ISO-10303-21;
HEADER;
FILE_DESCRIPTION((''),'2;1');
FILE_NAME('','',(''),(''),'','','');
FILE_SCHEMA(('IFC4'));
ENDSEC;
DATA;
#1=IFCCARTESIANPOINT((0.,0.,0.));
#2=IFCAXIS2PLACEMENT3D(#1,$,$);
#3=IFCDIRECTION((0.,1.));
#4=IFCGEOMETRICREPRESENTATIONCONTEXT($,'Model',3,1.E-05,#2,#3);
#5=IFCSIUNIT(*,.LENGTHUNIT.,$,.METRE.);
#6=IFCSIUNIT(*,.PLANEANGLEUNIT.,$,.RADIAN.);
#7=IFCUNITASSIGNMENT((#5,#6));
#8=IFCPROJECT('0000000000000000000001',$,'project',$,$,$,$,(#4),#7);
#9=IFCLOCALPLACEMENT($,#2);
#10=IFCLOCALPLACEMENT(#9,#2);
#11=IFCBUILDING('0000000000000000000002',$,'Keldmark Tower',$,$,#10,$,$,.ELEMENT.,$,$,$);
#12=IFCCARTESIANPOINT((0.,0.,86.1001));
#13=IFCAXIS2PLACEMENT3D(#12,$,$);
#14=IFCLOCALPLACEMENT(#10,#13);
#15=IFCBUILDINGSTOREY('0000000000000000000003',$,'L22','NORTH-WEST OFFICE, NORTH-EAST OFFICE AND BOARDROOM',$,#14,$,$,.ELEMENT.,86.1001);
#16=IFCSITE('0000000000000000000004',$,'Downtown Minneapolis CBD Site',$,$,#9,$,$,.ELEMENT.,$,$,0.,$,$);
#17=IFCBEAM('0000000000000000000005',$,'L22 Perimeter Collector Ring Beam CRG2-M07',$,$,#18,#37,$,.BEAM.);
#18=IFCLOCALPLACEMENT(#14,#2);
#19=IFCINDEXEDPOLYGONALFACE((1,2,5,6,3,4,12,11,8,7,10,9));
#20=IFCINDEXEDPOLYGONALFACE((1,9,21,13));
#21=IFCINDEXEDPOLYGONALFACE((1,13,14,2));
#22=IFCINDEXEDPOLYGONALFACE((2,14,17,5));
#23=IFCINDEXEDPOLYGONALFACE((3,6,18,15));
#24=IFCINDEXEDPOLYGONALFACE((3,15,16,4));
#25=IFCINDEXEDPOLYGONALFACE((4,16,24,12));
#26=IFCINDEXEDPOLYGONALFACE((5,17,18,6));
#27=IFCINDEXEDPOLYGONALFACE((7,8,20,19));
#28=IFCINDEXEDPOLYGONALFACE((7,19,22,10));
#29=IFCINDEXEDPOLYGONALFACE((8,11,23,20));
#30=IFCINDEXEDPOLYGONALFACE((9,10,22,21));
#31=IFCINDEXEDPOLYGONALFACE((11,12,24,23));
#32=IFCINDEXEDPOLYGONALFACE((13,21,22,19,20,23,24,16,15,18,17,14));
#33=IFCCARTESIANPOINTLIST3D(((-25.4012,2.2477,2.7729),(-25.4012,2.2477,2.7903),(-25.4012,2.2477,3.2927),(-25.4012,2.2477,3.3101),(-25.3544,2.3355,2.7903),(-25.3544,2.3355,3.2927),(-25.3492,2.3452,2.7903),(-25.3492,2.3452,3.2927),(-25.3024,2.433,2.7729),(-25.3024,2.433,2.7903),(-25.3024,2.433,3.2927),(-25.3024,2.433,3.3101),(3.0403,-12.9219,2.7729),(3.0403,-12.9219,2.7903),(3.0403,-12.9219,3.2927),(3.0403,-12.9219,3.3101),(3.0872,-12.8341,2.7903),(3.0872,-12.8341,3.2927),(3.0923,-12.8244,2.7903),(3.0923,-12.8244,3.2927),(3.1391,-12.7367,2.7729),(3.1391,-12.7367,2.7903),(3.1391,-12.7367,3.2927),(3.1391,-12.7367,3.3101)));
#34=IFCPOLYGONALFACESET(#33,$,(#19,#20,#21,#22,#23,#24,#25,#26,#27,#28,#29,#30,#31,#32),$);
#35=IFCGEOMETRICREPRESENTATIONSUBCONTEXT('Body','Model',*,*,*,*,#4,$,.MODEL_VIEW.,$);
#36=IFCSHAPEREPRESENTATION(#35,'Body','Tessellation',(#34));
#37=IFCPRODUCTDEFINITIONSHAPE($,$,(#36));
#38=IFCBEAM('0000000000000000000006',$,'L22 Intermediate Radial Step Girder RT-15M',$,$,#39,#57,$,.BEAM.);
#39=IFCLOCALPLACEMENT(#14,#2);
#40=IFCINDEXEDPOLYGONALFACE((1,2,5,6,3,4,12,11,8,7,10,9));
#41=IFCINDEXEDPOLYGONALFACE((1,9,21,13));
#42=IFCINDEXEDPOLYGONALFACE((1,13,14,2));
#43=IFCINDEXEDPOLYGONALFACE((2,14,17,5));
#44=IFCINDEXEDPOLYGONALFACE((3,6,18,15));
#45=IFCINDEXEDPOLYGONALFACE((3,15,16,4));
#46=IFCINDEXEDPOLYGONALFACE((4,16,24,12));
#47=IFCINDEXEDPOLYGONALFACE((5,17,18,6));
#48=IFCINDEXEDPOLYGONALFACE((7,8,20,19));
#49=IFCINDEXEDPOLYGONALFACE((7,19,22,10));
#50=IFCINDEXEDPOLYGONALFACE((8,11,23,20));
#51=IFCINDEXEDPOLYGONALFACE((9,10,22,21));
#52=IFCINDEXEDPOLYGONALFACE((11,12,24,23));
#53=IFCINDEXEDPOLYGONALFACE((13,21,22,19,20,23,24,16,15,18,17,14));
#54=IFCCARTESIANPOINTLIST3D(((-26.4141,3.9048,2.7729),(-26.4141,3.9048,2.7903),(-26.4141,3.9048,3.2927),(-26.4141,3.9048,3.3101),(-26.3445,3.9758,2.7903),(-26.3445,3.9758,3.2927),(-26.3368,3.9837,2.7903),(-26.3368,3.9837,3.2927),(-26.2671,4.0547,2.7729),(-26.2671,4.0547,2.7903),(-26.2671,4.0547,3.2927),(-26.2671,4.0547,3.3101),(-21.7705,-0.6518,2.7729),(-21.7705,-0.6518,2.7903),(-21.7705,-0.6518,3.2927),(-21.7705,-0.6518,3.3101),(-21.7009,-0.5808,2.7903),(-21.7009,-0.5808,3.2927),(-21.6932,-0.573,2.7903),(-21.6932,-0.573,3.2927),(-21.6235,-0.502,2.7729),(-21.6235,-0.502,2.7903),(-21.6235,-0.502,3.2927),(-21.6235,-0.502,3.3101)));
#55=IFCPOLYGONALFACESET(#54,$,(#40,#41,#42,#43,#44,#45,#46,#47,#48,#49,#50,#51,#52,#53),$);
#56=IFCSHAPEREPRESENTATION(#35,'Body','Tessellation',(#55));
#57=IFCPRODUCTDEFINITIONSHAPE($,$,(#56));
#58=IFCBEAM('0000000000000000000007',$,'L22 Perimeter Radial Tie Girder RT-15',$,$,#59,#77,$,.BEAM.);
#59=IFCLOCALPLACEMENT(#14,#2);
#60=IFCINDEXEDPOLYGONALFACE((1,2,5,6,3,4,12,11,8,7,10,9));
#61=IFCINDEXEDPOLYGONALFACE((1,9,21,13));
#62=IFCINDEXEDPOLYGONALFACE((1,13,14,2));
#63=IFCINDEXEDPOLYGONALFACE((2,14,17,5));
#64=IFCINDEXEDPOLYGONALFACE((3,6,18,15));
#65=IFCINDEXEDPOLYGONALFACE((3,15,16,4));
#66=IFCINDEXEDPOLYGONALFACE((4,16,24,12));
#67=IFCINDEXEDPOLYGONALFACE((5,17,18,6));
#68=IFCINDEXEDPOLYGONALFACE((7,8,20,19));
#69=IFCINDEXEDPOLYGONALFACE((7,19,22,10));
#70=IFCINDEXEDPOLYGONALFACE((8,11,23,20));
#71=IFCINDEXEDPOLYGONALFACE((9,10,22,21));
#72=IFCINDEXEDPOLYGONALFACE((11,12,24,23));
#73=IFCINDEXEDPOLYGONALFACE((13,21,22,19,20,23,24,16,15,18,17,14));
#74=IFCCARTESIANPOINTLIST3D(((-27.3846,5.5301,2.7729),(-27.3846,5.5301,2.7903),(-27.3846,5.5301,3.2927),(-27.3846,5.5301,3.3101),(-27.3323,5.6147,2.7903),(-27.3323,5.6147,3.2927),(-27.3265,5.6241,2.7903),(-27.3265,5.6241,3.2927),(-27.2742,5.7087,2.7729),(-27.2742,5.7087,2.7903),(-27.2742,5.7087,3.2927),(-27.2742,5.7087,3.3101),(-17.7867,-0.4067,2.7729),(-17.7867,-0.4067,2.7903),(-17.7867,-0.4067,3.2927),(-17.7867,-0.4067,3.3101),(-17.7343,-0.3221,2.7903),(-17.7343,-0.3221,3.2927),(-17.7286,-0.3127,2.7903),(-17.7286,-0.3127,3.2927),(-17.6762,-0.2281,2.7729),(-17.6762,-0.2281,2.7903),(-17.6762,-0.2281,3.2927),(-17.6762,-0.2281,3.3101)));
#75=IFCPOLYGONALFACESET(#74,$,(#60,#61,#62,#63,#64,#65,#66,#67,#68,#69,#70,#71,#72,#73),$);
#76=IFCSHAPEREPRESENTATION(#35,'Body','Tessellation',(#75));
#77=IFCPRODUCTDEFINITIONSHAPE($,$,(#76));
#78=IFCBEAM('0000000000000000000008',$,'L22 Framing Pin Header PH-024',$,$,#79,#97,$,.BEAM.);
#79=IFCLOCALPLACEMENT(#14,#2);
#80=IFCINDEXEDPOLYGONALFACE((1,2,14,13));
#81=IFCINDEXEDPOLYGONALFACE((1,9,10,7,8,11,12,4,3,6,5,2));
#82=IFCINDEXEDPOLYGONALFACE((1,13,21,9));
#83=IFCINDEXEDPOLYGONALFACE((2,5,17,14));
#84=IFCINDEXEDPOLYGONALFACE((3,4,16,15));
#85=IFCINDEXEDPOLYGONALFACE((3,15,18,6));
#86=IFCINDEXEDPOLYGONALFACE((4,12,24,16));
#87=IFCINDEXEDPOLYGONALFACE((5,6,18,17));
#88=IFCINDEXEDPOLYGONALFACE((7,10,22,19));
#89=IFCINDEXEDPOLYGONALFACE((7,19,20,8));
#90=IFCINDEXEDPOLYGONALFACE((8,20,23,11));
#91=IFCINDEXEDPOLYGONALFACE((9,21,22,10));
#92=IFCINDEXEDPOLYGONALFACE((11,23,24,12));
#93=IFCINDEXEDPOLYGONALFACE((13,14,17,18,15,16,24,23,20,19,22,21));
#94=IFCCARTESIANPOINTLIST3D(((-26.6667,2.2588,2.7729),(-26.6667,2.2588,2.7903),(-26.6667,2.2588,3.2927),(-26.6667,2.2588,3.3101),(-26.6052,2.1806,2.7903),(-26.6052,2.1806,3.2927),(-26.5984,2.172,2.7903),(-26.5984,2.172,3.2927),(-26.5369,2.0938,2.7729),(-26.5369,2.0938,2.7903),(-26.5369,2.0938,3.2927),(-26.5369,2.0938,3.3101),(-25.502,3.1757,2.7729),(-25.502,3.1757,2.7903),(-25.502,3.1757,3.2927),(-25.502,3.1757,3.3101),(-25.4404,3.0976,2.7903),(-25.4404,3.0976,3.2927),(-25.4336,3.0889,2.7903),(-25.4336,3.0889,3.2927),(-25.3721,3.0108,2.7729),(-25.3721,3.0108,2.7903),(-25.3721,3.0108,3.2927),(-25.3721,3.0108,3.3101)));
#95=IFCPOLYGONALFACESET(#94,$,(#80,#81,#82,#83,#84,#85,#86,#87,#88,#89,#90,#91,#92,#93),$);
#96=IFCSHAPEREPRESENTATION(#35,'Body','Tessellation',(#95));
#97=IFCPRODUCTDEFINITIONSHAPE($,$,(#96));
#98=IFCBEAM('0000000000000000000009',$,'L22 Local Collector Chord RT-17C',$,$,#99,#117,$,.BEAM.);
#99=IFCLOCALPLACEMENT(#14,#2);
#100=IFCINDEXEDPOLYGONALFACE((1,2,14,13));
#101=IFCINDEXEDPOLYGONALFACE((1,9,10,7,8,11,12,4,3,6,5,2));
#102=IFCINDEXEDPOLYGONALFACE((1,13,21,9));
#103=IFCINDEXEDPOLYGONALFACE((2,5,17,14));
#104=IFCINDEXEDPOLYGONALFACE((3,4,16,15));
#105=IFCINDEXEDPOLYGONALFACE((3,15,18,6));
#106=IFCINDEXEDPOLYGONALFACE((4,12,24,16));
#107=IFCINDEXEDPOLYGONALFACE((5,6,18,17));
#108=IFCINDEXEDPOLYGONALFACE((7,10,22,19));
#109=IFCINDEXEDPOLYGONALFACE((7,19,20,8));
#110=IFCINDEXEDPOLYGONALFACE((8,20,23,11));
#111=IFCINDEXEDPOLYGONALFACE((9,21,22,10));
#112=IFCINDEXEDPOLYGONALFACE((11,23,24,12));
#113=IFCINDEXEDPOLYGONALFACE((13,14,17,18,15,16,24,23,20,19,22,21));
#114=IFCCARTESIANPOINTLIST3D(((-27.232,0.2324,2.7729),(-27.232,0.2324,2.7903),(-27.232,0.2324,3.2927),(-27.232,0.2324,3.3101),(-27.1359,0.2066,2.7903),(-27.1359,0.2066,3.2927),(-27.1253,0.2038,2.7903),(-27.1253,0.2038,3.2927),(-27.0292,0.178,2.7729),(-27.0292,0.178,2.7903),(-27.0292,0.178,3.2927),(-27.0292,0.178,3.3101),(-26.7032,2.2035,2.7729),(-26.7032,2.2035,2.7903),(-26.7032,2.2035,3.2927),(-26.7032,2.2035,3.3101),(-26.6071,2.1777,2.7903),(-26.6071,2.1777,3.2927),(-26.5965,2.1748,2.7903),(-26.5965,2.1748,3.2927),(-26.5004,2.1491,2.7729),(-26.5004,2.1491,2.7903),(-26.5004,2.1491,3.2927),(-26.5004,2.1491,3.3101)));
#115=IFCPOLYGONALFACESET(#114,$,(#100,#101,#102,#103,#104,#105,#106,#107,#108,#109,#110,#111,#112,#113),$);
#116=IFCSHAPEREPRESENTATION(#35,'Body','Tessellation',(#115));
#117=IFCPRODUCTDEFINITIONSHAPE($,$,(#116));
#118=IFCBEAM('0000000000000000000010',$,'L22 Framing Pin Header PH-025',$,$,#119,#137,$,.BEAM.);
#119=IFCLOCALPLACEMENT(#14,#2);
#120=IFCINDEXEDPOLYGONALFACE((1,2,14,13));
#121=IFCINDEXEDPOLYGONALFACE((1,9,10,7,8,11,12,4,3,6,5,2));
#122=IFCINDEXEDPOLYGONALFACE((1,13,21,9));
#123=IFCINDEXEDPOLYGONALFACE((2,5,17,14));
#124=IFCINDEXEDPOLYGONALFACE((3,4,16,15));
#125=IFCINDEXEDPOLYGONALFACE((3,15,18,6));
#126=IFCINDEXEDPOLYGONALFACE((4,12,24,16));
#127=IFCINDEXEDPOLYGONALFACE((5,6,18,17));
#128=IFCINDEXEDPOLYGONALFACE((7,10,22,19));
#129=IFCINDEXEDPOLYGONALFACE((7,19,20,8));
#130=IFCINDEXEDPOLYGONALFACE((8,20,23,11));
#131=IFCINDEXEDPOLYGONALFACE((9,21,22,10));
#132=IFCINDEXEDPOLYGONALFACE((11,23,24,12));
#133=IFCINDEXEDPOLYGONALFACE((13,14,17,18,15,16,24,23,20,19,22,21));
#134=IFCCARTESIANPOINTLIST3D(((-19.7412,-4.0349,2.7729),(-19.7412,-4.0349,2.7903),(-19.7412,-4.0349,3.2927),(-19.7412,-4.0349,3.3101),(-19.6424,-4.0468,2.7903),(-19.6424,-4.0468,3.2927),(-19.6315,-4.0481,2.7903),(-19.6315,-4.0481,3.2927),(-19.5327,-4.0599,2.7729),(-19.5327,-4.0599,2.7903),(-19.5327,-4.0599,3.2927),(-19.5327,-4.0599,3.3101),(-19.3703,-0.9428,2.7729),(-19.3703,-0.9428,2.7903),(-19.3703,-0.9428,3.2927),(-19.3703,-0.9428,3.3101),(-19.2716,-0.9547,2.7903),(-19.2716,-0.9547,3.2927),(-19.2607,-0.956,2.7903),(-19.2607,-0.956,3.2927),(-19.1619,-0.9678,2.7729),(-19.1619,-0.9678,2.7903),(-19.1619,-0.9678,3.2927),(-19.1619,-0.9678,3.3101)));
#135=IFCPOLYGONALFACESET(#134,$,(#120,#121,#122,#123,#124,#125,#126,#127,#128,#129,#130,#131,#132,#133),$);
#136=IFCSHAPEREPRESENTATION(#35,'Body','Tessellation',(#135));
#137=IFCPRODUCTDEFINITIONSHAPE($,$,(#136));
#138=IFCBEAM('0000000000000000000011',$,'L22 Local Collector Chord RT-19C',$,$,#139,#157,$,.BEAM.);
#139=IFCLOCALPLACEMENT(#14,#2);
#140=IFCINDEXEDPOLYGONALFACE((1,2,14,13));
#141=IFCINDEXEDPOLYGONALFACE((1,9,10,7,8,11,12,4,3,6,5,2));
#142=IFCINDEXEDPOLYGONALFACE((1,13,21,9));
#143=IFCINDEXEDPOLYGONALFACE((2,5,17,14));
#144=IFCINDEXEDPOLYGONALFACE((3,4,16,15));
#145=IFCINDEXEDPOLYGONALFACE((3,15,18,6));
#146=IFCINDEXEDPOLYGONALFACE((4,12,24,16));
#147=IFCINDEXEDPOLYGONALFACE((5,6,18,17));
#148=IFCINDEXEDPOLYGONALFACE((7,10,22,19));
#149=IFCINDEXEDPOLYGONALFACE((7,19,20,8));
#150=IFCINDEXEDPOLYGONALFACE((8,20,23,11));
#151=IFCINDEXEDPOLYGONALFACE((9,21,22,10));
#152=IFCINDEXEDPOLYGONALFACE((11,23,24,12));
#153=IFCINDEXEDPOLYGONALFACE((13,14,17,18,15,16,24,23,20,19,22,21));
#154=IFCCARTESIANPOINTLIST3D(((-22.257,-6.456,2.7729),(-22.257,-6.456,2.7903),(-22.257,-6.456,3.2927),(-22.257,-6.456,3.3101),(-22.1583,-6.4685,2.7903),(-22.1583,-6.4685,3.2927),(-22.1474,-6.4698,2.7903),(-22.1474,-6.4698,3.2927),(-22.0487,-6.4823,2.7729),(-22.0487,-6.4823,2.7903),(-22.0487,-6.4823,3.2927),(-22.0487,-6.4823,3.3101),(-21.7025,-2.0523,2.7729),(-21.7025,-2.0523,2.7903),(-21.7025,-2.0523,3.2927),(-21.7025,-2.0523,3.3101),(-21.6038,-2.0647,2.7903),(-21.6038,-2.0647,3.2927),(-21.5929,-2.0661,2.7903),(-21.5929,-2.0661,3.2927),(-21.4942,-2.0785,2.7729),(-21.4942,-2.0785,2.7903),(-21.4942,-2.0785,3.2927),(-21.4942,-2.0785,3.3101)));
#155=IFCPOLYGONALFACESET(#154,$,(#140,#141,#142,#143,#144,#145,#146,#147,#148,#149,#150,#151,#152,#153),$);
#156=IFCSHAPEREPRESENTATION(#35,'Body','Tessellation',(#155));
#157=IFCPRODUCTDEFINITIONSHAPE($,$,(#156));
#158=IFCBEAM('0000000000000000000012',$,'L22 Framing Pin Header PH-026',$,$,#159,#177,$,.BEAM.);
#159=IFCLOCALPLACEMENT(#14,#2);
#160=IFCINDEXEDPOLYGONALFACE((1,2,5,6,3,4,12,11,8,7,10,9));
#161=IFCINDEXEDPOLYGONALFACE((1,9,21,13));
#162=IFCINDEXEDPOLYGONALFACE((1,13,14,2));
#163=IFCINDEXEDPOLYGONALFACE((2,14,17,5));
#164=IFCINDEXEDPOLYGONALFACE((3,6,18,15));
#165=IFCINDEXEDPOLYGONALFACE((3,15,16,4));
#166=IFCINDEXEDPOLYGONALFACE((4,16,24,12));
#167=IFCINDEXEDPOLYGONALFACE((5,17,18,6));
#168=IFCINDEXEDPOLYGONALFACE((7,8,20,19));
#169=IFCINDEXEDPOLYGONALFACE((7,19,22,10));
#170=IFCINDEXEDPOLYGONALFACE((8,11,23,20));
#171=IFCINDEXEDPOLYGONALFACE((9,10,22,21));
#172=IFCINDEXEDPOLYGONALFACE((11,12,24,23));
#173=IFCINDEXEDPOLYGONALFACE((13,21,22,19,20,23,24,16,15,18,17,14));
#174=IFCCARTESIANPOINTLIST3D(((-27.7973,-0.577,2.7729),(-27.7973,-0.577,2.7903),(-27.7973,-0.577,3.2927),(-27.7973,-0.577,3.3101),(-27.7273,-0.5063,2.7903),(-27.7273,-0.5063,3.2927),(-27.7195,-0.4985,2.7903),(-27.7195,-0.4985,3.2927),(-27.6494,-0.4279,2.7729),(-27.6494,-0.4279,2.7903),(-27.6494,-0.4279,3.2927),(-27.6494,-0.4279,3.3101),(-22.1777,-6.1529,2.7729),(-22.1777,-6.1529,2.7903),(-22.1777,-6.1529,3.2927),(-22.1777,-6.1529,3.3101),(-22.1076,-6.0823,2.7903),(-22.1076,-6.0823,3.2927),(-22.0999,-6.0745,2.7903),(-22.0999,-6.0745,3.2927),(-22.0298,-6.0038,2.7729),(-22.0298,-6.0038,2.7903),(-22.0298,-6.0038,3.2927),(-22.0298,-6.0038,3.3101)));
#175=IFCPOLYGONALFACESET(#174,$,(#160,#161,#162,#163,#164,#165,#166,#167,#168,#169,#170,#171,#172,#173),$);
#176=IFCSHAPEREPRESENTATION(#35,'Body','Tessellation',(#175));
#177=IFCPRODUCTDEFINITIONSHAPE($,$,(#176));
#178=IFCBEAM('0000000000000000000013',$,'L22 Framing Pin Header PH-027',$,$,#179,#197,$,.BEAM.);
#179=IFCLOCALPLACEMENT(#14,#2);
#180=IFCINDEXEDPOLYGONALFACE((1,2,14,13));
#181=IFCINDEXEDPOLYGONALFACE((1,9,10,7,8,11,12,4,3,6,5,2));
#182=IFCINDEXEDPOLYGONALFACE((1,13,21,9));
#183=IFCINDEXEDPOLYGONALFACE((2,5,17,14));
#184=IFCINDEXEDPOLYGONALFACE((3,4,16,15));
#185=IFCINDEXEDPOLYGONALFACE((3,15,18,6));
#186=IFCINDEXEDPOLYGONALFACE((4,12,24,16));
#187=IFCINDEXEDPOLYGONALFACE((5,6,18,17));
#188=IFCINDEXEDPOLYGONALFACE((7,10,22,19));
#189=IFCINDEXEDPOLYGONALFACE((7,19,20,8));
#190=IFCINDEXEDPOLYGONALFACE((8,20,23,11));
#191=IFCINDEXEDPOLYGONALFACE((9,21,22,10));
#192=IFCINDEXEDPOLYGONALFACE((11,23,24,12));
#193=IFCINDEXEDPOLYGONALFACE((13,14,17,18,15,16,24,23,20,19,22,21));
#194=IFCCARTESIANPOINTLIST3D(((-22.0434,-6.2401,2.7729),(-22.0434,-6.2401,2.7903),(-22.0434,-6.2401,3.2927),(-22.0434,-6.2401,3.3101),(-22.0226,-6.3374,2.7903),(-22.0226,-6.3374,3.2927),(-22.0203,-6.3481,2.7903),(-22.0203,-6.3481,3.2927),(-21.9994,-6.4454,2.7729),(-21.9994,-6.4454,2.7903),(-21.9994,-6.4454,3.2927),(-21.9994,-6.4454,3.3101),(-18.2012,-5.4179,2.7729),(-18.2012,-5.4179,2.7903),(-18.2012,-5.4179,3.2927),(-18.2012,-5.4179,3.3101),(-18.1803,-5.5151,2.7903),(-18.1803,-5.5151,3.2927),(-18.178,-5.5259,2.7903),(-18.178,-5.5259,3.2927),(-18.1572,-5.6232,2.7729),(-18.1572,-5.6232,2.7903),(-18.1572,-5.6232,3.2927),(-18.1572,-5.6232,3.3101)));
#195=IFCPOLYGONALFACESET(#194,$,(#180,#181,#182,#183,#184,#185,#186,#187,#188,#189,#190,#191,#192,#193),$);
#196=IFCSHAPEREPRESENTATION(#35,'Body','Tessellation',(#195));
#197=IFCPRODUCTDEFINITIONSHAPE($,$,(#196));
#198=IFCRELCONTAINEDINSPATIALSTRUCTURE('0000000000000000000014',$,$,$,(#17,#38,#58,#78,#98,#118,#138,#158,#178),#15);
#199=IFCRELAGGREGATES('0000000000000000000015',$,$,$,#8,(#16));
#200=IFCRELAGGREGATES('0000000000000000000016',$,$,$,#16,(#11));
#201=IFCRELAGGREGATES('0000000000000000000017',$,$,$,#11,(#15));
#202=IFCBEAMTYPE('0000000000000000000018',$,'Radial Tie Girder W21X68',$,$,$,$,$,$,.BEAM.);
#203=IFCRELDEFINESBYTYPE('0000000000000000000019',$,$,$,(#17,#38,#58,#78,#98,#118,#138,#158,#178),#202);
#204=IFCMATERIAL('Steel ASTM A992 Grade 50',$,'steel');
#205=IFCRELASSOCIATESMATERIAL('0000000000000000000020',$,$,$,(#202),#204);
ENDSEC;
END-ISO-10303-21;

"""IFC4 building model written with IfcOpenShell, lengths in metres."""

from ifc_helpers import new_model, si_unit, direction, frame, origin, origin_2d, place, context, subcontext, project, spatial, i_section, extrude, material, material_profile, profile_set, type_object, element, save


model = new_model("IFC4")

# Units and contexts
model_context = context("Model", 3, precision=1e-05, world=origin(), true_north=direction((0.0, 1.0)))
body_context = subcontext(model_context, "Body", "Model", "MODEL_VIEW")
ifc_project = project(units=[si_unit("LENGTHUNIT", "METRE"), si_unit("PLANEANGLEUNIT", "RADIAN")], contexts=[model_context])

# Site, building, storey
site_placement = place(None, origin())
site = spatial("IfcSite", under=ifc_project, at=site_placement, Name="Downtown Minneapolis CBD Site", CompositionType="ELEMENT", RefElevation=0.0)
building_placement = place(site_placement, origin())
building = spatial("IfcBuilding", under=site, at=building_placement, Name="Keldmark Tower", CompositionType="ELEMENT")
storey_placement = place(building_placement, frame((0.0, 0.0, 86.1001)))
storey = spatial("IfcBuildingStorey", under=building, at=storey_placement, Name="L22", Description="NORTH-WEST OFFICE, NORTH-EAST OFFICE AND BOARDROOM", CompositionType="ELEMENT", Elevation=86.1001)

# Beams
ifc_material_1 = material(Name="Steel ASTM A992 Grade 50", Category="steel")
ifc_material_profile_1 = material_profile(ifc_material_1, i_section(OverallWidth=0.21, OverallDepth=0.5371, WebThickness=0.011, FlangeThickness=0.0173, at=origin_2d()), Name="W21X68")
ifc_profile_set_1 = profile_set([ifc_material_profile_1], Name="Steel ASTM A992 Grade 50")
beam_type_1 = type_object("IfcBeamType", Name="Radial Tie Girder W21X68", PredefinedType="BEAM", material=ifc_profile_set_1)
beam_1_placement = place(storey_placement, frame((-25.3518, 2.3403, 3.0415), z_axis=(0.882343, -0.470607, 0.0), x_axis=(0.470607, 0.882343, 0.0)))
element("IfcBeam", 1, at=beam_1_placement, inside=storey, type_object=beam_type_1, Name="L22 Perimeter Collector Ring Beam CRG2-M07", PredefinedType="BEAM", context=body_context, shape_type="SweptSolid", body=[
    extrude(i_section(OverallWidth=0.21, OverallDepth=0.5371, WebThickness=0.011, FlangeThickness=0.0173, at=origin_2d()), origin(), (0.0, 0.0, 1.0), 32.2341),
])
beam_2_placement = place(storey_placement, frame((-21.697, -0.5769, 3.0415), z_axis=(-0.713755, 0.700396, 0.0), x_axis=(-0.700396, -0.713755, 0.0)))
element("IfcBeam", 2, at=beam_2_placement, inside=storey, type_object=beam_type_1, Name="L22 Intermediate Radial Step Girder RT-15M", PredefinedType="BEAM", context=body_context, shape_type="SweptSolid", body=[
    extrude(i_section(OverallWidth=0.21, OverallDepth=0.5371, WebThickness=0.011, FlangeThickness=0.0173, at=origin_2d()), origin(), (0.0, 0.0, 1.0), 6.5059),
])
beam_3_placement = place(storey_placement, frame((-17.7314, -0.3174, 3.0415), z_axis=(-0.850455, 0.526048, 0.0), x_axis=(-0.526048, -0.850455, 0.0)))
element("IfcBeam", 3, at=beam_3_placement, inside=storey, type_object=beam_type_1, Name="L22 Perimeter Radial Tie Girder RT-15", PredefinedType="BEAM", context=body_context, shape_type="SweptSolid", body=[
    extrude(i_section(OverallWidth=0.21, OverallDepth=0.5371, WebThickness=0.011, FlangeThickness=0.0173, at=origin_2d()), origin(), (0.0, 0.0, 1.0), 11.2856),
])
beam_4_placement = place(storey_placement, frame((-26.6018, 2.1763, 3.0415), z_axis=(0.785729, 0.61857, 0.0), x_axis=(-0.61857, 0.785729, 0.0)))
element("IfcBeam", 4, at=beam_4_placement, inside=storey, type_object=beam_type_1, Name="L22 Framing Pin Header PH-024", PredefinedType="BEAM", context=body_context, shape_type="SweptSolid", body=[
    extrude(i_section(OverallWidth=0.21, OverallDepth=0.5371, WebThickness=0.011, FlangeThickness=0.0173, at=origin_2d()), origin(), (0.0, 0.0, 1.0), 1.4824),
])
beam_5_placement = place(storey_placement, frame((-26.6018, 2.1763, 3.0415), z_axis=(-0.259107, -0.965849, 0.0), x_axis=(0.965849, -0.259107, 0.0)))
element("IfcBeam", 5, at=beam_5_placement, inside=storey, type_object=beam_type_1, Name="L22 Local Collector Chord RT-17C", PredefinedType="BEAM", context=body_context, shape_type="SweptSolid", body=[
    extrude(i_section(OverallWidth=0.21, OverallDepth=0.5371, WebThickness=0.011, FlangeThickness=0.0173, at=origin_2d()), origin(), (0.0, 0.0, 1.0), 2.0408),
])
beam_6_placement = place(storey_placement, frame((-19.2661, -0.9553, 3.0415), z_axis=(-0.119083, -0.992884, 0.0), x_axis=(0.992884, -0.119083, 0.0)))
element("IfcBeam", 6, at=beam_6_placement, inside=storey, type_object=beam_type_1, Name="L22 Framing Pin Header PH-025", PredefinedType="BEAM", context=body_context, shape_type="SweptSolid", body=[
    extrude(i_section(OverallWidth=0.21, OverallDepth=0.5371, WebThickness=0.011, FlangeThickness=0.0173, at=origin_2d()), origin(), (0.0, 0.0, 1.0), 3.1143),
])
beam_7_placement = place(storey_placement, frame((-21.5984, -2.0654, 3.0415), z_axis=(-0.124915, -0.992167, 0.0), x_axis=(0.992167, -0.124915, 0.0)))
element("IfcBeam", 7, at=beam_7_placement, inside=storey, type_object=beam_type_1, Name="L22 Local Collector Chord RT-19C", PredefinedType="BEAM", context=body_context, shape_type="SweptSolid", body=[
    extrude(i_section(OverallWidth=0.21, OverallDepth=0.5371, WebThickness=0.011, FlangeThickness=0.0173, at=origin_2d()), origin(), (0.0, 0.0, 1.0), 4.4385),
])
beam_8_placement = place(storey_placement, frame((-27.7234, -0.5024, 3.0415), z_axis=(0.709862, -0.704341, 0.0), x_axis=(0.704341, 0.709862, 0.0)))
element("IfcBeam", 8, at=beam_8_placement, inside=storey, type_object=beam_type_1, Name="L22 Framing Pin Header PH-026", PredefinedType="BEAM", context=body_context, shape_type="SweptSolid", body=[
    extrude(i_section(OverallWidth=0.21, OverallDepth=0.5371, WebThickness=0.011, FlangeThickness=0.0173, at=origin_2d()), origin(), (0.0, 0.0, 1.0), 7.9165),
])
beam_9_placement = place(storey_placement, frame((-18.1792, -5.5205, 3.0415), z_axis=(-0.977859, -0.209266, 0.0), x_axis=(0.209266, -0.977859, 0.0)))
element("IfcBeam", 9, at=beam_9_placement, inside=storey, type_object=beam_type_1, Name="L22 Framing Pin Header PH-027", PredefinedType="BEAM", context=body_context, shape_type="SweptSolid", body=[
    extrude(i_section(OverallWidth=0.21, OverallDepth=0.5371, WebThickness=0.011, FlangeThickness=0.0173, at=origin_2d()), origin(), (0.0, 0.0, 1.0), 3.9292),
])

save(model, "model.ifc")
